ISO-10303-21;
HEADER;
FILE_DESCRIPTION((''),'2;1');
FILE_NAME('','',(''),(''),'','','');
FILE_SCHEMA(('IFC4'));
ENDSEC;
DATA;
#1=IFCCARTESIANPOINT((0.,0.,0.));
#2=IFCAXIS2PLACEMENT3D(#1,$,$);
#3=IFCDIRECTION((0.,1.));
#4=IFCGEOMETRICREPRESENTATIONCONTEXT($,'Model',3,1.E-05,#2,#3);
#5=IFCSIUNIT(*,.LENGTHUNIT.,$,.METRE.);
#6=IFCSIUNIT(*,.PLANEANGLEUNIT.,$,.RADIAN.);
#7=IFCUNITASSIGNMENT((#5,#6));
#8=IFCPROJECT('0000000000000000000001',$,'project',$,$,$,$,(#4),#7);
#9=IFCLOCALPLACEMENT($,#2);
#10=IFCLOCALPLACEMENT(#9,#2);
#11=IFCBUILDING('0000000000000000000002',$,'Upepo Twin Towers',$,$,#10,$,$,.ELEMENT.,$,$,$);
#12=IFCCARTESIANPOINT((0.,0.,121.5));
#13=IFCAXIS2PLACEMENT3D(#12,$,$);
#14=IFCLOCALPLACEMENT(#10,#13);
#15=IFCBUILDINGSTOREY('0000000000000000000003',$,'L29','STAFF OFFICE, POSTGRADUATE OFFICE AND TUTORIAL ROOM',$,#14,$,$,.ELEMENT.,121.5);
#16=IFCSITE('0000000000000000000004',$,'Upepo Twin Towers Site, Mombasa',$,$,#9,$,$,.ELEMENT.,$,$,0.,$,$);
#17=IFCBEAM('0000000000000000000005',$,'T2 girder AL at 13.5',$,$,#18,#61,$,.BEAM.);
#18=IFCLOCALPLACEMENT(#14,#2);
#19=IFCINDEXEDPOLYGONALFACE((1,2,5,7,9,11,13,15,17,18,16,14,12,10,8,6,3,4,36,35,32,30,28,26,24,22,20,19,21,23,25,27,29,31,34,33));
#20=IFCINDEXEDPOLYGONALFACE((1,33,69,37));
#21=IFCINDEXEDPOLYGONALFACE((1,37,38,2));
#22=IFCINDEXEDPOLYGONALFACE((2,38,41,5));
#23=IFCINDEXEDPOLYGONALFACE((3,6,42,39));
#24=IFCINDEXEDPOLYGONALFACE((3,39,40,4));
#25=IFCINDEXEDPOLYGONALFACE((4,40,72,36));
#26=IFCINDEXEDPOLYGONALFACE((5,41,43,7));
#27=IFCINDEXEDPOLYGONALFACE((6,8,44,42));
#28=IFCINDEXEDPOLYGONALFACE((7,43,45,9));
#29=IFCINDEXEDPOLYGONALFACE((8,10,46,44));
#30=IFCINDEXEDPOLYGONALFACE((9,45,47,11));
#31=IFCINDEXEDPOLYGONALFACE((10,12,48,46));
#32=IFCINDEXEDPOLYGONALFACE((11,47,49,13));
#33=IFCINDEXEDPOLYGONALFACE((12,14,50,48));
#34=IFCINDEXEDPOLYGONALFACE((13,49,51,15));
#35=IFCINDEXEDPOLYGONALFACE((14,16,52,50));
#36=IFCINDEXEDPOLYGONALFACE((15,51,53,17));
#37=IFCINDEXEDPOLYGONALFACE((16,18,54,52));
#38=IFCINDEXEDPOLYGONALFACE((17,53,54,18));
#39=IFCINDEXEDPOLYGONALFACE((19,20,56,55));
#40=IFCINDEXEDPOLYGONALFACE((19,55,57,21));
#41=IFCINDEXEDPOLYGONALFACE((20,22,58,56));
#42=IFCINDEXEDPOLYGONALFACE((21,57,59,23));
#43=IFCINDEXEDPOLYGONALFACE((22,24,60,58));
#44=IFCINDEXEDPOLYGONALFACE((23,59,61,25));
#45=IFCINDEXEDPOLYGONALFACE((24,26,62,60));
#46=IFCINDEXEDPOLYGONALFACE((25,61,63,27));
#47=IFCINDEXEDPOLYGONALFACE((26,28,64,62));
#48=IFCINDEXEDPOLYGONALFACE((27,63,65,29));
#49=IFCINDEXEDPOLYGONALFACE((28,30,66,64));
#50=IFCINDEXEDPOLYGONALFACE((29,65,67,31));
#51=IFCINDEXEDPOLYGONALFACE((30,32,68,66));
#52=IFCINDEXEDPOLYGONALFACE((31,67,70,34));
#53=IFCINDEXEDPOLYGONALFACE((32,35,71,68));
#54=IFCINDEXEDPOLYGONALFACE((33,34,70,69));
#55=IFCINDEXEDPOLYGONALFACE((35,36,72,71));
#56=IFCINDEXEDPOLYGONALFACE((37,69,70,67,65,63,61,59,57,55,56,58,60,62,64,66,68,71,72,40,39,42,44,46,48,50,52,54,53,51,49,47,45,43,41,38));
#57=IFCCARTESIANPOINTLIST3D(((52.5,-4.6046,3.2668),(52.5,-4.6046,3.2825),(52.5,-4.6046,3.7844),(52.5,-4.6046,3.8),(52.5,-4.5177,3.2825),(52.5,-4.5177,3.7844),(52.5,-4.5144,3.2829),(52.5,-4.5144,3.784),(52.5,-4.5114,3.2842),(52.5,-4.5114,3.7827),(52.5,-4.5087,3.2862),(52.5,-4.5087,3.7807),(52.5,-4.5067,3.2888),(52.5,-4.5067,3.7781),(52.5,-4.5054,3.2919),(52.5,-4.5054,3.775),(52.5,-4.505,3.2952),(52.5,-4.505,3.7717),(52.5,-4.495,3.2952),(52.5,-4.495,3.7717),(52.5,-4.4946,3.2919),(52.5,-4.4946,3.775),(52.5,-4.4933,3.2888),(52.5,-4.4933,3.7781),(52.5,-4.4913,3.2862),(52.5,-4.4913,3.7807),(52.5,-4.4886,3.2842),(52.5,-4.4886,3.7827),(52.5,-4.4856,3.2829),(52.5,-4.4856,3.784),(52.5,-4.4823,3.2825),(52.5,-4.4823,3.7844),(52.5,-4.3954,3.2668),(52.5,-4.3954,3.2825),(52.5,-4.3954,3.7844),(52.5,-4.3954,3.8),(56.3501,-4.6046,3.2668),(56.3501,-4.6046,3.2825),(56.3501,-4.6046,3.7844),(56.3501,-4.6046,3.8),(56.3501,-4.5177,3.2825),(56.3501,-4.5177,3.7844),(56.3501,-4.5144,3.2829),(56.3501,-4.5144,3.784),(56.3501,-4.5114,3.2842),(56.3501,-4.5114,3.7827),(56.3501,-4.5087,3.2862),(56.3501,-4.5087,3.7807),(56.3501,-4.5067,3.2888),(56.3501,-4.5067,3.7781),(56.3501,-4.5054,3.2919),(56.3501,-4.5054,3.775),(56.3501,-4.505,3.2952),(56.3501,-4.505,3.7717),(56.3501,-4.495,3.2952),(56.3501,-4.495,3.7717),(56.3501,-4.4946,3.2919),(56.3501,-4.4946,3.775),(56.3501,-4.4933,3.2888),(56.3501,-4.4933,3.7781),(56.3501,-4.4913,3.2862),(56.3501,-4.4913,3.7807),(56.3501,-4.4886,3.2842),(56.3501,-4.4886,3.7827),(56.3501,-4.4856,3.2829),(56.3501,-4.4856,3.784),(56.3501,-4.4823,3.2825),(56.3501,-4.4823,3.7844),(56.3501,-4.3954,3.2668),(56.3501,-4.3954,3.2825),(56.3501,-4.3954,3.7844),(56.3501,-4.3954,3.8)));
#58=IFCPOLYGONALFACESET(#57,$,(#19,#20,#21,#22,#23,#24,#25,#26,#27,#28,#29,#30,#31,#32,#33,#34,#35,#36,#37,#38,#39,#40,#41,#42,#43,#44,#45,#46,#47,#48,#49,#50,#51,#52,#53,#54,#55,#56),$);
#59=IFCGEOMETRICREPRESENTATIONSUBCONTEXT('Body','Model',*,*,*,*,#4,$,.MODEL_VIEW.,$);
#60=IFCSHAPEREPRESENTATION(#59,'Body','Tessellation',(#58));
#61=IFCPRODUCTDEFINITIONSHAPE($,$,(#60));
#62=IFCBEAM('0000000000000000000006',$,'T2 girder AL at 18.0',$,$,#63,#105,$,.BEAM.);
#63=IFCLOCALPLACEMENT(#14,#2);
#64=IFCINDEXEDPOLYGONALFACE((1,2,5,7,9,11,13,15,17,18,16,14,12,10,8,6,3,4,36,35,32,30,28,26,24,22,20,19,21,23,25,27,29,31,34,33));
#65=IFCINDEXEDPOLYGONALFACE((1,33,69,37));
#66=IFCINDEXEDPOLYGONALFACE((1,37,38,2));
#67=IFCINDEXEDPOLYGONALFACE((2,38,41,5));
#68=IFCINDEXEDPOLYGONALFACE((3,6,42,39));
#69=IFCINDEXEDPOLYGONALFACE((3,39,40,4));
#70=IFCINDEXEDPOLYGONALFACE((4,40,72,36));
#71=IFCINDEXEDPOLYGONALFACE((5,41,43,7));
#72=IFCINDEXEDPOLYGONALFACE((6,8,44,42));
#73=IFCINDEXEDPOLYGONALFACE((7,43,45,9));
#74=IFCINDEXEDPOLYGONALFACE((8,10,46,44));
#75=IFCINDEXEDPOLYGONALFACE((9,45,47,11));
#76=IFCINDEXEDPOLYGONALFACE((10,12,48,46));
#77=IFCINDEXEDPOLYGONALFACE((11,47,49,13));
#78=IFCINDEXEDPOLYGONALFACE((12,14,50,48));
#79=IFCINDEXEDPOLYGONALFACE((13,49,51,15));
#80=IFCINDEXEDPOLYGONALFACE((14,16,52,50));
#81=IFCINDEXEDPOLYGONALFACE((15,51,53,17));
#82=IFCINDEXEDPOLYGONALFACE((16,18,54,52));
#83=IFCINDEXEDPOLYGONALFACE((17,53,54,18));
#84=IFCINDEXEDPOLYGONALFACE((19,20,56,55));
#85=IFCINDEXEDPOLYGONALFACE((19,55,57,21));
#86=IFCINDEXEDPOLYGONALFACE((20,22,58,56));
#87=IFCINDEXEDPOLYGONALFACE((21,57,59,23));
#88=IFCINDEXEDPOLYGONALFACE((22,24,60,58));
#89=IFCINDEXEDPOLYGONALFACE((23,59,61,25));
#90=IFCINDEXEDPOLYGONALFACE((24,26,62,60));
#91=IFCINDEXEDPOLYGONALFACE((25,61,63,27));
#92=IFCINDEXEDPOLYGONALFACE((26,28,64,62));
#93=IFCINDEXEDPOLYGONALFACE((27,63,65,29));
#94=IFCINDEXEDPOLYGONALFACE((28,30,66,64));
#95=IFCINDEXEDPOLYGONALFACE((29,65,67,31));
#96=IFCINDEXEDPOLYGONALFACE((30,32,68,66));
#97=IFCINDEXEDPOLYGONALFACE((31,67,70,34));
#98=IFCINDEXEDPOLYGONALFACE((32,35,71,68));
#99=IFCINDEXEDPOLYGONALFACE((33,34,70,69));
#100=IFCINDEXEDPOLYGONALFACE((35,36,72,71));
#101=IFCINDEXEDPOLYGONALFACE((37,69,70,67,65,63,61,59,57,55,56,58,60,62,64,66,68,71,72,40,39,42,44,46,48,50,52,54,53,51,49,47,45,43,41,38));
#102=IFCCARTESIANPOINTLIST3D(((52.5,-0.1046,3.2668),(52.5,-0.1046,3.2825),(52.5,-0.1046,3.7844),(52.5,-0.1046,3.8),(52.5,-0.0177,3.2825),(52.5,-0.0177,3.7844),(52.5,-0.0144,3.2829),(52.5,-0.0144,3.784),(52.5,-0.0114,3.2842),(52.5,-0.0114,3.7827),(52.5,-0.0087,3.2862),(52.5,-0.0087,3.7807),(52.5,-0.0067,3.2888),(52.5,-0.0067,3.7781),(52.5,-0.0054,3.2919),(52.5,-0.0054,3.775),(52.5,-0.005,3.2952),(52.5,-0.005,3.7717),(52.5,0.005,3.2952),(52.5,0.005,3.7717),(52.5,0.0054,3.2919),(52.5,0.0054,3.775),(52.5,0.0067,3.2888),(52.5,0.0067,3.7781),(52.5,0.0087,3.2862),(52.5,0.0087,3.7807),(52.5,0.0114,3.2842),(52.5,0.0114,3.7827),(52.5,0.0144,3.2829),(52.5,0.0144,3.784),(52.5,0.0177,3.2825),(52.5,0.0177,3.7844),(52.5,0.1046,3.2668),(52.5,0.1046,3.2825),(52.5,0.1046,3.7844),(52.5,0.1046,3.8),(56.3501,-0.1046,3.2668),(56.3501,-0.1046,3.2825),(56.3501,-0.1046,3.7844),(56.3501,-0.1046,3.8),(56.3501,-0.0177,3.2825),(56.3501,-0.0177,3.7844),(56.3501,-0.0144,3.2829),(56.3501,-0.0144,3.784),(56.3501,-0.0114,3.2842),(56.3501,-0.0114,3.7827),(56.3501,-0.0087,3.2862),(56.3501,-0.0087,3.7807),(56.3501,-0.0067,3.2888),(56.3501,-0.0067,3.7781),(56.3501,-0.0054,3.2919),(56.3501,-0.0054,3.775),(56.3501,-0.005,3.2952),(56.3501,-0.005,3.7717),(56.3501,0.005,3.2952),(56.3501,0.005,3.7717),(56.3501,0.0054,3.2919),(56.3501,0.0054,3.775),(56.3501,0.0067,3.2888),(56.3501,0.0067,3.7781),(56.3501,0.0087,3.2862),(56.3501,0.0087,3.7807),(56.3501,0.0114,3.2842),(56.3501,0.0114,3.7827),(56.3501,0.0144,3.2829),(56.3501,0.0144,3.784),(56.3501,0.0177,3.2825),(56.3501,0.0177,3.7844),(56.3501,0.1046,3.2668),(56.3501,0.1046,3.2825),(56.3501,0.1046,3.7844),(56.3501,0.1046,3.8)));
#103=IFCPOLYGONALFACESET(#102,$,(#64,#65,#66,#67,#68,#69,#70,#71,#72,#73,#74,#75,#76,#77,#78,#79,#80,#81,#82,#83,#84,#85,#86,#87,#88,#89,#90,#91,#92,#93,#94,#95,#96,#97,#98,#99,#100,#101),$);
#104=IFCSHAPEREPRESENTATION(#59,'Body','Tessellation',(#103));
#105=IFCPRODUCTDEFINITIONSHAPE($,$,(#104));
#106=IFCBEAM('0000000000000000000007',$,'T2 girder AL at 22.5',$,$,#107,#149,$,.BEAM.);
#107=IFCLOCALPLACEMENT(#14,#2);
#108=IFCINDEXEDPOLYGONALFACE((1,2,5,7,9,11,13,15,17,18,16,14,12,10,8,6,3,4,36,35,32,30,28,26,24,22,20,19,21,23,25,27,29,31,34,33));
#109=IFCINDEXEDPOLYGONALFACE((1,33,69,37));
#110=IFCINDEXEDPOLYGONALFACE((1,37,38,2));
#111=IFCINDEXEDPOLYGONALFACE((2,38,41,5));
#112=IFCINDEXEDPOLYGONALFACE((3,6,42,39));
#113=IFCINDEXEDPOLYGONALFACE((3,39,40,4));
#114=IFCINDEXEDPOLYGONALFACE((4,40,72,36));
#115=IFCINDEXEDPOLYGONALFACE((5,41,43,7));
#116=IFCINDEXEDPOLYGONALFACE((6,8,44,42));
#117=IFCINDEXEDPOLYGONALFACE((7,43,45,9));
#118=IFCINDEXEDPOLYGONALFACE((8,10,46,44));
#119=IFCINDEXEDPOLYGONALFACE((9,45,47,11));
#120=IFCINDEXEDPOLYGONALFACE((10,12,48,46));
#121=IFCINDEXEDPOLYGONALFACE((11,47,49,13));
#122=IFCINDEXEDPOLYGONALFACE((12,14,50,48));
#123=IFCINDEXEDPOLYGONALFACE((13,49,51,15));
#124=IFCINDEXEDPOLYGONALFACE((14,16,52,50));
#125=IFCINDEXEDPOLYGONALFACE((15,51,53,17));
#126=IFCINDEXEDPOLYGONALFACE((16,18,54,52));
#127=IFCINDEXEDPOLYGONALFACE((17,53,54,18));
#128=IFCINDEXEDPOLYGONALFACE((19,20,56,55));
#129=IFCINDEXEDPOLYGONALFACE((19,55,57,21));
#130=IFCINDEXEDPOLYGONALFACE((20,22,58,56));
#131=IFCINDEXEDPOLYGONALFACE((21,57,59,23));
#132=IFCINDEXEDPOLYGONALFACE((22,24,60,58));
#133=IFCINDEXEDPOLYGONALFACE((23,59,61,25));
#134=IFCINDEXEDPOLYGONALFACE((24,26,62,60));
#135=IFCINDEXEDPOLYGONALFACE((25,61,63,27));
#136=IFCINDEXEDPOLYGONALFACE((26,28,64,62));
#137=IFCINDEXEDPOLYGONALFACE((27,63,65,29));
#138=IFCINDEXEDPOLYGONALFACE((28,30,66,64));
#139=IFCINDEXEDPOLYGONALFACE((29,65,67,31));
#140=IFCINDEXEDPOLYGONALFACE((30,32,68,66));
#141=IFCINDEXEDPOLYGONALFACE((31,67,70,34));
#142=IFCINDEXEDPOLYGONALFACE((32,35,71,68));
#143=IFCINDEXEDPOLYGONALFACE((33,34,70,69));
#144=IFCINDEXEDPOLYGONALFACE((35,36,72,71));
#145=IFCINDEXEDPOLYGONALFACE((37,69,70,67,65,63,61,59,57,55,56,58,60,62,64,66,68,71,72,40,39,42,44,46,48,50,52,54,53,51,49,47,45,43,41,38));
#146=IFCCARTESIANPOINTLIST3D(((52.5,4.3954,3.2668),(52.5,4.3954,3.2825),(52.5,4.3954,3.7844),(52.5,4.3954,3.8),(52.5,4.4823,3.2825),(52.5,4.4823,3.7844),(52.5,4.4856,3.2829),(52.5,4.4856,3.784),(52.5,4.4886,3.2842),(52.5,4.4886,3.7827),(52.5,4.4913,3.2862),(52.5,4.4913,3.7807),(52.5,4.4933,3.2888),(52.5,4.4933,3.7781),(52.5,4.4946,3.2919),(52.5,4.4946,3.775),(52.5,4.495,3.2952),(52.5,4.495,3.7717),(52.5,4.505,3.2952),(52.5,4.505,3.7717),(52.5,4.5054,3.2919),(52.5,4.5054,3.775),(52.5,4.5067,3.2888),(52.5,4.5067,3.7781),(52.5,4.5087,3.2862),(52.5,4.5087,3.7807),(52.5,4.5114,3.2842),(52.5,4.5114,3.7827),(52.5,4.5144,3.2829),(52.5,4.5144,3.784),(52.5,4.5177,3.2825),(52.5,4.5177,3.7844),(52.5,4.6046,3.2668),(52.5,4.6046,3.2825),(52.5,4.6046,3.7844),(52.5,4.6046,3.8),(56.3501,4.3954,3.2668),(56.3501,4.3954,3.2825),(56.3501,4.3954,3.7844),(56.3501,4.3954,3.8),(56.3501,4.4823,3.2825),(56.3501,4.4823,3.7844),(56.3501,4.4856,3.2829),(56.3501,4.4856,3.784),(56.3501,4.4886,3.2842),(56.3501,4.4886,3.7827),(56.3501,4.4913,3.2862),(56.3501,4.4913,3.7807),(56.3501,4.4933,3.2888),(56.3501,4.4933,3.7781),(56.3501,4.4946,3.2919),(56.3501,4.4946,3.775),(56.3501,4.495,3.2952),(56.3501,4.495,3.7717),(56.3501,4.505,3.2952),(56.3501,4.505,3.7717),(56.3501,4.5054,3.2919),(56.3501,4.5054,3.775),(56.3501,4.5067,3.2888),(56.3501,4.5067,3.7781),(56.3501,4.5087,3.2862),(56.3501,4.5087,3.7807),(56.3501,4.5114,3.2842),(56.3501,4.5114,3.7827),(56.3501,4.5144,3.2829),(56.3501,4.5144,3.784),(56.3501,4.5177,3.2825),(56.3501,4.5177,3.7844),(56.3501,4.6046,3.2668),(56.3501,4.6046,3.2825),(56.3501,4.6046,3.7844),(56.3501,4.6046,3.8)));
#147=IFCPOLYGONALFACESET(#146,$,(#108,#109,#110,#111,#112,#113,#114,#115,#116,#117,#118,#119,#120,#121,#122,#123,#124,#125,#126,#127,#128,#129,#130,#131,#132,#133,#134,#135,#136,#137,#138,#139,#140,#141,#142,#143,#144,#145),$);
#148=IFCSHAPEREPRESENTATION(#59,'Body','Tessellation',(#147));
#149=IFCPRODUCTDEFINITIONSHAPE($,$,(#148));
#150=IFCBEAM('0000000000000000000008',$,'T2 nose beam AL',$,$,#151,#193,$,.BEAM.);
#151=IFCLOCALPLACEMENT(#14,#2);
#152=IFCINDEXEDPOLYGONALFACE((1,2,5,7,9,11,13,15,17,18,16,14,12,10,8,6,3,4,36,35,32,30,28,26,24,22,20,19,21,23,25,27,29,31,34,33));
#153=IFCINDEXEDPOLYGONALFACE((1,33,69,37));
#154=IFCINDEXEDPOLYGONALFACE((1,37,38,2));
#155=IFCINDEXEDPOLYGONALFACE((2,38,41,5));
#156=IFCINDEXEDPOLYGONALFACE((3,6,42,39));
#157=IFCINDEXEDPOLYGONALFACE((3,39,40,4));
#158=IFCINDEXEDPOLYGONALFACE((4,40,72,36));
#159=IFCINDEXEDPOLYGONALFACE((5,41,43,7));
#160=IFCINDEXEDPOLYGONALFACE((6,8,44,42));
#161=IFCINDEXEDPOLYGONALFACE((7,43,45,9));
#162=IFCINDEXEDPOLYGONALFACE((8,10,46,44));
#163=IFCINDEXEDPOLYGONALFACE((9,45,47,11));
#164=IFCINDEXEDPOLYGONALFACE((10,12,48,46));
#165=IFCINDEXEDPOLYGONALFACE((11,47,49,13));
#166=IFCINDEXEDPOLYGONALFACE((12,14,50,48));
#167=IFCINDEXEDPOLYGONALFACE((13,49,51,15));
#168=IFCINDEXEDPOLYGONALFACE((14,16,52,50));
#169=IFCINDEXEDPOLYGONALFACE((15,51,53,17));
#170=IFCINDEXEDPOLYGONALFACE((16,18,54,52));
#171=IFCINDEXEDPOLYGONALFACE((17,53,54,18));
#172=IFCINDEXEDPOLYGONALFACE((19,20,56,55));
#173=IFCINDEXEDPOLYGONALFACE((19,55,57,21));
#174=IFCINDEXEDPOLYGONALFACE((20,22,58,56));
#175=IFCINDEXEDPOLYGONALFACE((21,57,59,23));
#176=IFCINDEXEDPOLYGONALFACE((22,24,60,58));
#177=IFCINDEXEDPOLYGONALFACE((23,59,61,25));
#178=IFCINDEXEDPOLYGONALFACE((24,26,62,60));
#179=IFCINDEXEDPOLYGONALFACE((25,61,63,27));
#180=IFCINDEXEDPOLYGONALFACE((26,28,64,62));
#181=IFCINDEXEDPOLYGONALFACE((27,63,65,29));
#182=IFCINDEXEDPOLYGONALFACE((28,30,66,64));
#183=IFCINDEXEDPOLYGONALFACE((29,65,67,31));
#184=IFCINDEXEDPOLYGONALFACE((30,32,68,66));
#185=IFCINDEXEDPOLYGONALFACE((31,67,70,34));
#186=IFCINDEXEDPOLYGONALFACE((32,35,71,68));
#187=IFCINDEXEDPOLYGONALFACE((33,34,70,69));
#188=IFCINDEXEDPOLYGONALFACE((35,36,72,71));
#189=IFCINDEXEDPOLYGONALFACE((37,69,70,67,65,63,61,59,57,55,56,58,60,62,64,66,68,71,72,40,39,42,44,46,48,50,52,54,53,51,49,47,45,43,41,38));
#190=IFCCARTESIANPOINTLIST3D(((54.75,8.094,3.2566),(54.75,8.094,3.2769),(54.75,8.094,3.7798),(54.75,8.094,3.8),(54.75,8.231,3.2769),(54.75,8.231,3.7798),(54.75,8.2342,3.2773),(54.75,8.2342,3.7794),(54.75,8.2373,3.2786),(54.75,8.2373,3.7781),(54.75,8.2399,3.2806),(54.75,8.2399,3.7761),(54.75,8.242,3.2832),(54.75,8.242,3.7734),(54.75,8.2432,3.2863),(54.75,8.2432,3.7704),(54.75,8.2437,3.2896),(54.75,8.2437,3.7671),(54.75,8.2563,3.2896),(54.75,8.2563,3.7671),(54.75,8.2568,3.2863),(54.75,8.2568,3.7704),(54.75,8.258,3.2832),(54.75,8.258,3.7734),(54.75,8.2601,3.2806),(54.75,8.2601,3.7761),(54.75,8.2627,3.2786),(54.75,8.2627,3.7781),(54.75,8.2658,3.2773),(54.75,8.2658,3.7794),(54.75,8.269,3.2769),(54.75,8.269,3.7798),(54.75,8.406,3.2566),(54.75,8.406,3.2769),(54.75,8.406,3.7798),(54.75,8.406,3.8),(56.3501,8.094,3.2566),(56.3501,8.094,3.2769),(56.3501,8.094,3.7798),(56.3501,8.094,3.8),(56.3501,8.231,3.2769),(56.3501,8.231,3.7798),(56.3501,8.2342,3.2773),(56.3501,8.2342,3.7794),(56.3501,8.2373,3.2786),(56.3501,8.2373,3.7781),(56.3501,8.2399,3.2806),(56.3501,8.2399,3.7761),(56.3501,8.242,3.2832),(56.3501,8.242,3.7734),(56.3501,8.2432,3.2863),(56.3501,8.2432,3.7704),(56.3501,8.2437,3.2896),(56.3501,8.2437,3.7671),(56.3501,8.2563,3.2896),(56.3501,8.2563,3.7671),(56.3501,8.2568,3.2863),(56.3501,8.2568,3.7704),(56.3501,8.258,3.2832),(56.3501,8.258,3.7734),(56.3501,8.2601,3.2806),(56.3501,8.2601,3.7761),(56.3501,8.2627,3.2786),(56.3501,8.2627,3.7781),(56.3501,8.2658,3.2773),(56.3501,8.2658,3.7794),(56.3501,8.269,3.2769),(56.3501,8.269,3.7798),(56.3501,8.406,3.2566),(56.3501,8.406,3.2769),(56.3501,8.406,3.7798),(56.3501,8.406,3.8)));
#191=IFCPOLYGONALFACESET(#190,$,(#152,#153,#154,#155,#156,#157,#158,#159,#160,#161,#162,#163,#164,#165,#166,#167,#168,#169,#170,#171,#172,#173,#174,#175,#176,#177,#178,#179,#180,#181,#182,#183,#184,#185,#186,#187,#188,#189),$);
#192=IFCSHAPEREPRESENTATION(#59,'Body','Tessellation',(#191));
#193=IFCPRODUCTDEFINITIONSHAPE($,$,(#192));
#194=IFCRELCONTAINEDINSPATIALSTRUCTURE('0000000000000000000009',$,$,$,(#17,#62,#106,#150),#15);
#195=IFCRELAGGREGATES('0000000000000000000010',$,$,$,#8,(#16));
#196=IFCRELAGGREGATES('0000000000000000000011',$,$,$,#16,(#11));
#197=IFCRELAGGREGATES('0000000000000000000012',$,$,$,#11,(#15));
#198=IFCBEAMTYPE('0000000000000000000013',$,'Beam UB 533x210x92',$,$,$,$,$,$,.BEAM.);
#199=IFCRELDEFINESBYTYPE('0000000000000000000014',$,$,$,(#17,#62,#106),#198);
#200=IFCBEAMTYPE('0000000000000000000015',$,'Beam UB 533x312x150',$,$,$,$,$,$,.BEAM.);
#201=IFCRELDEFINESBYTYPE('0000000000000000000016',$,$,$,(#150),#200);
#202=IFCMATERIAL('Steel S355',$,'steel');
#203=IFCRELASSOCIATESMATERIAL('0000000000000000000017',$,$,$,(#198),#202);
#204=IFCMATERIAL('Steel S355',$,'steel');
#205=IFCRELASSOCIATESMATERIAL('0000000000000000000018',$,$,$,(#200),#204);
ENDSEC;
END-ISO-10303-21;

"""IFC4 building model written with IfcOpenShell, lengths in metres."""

from ifc_helpers import new_model, si_unit, direction, frame, origin, origin_2d, place, context, subcontext, project, spatial, i_section, extrude, material, material_profile, profile_set, type_object, element, save


model = new_model("IFC4")

# Units and contexts
model_context = context("Model", 3, precision=1e-05, world=origin(), true_north=direction((0.0, 1.0)))
body_context = subcontext(model_context, "Body", "Model", "MODEL_VIEW")
ifc_project = project(units=[si_unit("LENGTHUNIT", "METRE"), si_unit("PLANEANGLEUNIT", "RADIAN")], contexts=[model_context])

# Site, building, storey
site_placement = place(None, origin())
site = spatial("IfcSite", under=ifc_project, at=site_placement, Name="Upepo Twin Towers Site, Mombasa", CompositionType="ELEMENT", RefElevation=0.0)
building_placement = place(site_placement, origin())
building = spatial("IfcBuilding", under=site, at=building_placement, Name="Upepo Twin Towers", CompositionType="ELEMENT")
storey_placement = place(building_placement, frame((0.0, 0.0, 121.5)))
storey = spatial("IfcBuildingStorey", under=building, at=storey_placement, Name="L29", Description="STAFF OFFICE, POSTGRADUATE OFFICE AND TUTORIAL ROOM", CompositionType="ELEMENT", Elevation=121.5)

# Beams
ifc_material_1 = material(Name="Steel S355", Category="steel")
ifc_material_profile_1 = material_profile(ifc_material_1, i_section(OverallWidth=0.2092, OverallDepth=0.5332, WebThickness=0.01, FlangeThickness=0.0156, FilletRadius=0.0127, at=origin_2d()), Name="UB 533x210x92")
ifc_profile_set_1 = profile_set([ifc_material_profile_1], Name="Steel S355")
beam_type_1 = type_object("IfcBeamType", Name="Beam UB 533x210x92", PredefinedType="BEAM", material=ifc_profile_set_1)
for number, where, z_axis, x_axis, name in (
    (1, (52.5, -4.5, 3.5334), (1.0, 0.0, 0.0), (0.0, 1.0, 0.0), "T2 girder AL at 13.5"),
    (2, (52.5, 0.0, 3.5334), (1.0, 0.0, 0.0), (0.0, 1.0, 0.0), "T2 girder AL at 18.0"),
    (3, (52.5, 4.5, 3.5334), (1.0, 0.0, 0.0), (0.0, 1.0, 0.0), "T2 girder AL at 22.5"),
):
    element("IfcBeam", number, at=place(storey_placement, frame(where, z_axis=z_axis, x_axis=x_axis)), inside=storey, type_object=beam_type_1, Name=name, PredefinedType="BEAM", context=body_context, shape_type="SweptSolid", body=[
        extrude(i_section(OverallWidth=0.2092, OverallDepth=0.5332, WebThickness=0.01, FlangeThickness=0.0156, FilletRadius=0.0127, at=origin_2d()), origin(), (0.0, 0.0, 1.0), 3.8501),
    ])
ifc_material_2 = material(Name="Steel S355", Category="steel")
ifc_material_profile_2 = material_profile(ifc_material_2, i_section(OverallWidth=0.312, OverallDepth=0.5435, WebThickness=0.0127, FlangeThickness=0.0203, FilletRadius=0.0127, at=origin_2d()), Name="UB 533x312x150")
ifc_profile_set_2 = profile_set([ifc_material_profile_2], Name="Steel S355")
beam_type_2 = type_object("IfcBeamType", Name="Beam UB 533x312x150", PredefinedType="BEAM", material=ifc_profile_set_2)
beam_1_placement = place(storey_placement, frame((54.75, 8.25, 3.5283), z_axis=(1.0, 0.0, 0.0), x_axis=(0.0, 1.0, 0.0)))
element("IfcBeam", 4, at=beam_1_placement, inside=storey, type_object=beam_type_2, Name="T2 nose beam AL", PredefinedType="BEAM", context=body_context, shape_type="SweptSolid", body=[
    extrude(i_section(OverallWidth=0.312, OverallDepth=0.5435, WebThickness=0.0127, FlangeThickness=0.0203, FilletRadius=0.0127, at=origin_2d()), origin(), (0.0, 0.0, 1.0), 1.6001),
])

save(model, "model.ifc")
